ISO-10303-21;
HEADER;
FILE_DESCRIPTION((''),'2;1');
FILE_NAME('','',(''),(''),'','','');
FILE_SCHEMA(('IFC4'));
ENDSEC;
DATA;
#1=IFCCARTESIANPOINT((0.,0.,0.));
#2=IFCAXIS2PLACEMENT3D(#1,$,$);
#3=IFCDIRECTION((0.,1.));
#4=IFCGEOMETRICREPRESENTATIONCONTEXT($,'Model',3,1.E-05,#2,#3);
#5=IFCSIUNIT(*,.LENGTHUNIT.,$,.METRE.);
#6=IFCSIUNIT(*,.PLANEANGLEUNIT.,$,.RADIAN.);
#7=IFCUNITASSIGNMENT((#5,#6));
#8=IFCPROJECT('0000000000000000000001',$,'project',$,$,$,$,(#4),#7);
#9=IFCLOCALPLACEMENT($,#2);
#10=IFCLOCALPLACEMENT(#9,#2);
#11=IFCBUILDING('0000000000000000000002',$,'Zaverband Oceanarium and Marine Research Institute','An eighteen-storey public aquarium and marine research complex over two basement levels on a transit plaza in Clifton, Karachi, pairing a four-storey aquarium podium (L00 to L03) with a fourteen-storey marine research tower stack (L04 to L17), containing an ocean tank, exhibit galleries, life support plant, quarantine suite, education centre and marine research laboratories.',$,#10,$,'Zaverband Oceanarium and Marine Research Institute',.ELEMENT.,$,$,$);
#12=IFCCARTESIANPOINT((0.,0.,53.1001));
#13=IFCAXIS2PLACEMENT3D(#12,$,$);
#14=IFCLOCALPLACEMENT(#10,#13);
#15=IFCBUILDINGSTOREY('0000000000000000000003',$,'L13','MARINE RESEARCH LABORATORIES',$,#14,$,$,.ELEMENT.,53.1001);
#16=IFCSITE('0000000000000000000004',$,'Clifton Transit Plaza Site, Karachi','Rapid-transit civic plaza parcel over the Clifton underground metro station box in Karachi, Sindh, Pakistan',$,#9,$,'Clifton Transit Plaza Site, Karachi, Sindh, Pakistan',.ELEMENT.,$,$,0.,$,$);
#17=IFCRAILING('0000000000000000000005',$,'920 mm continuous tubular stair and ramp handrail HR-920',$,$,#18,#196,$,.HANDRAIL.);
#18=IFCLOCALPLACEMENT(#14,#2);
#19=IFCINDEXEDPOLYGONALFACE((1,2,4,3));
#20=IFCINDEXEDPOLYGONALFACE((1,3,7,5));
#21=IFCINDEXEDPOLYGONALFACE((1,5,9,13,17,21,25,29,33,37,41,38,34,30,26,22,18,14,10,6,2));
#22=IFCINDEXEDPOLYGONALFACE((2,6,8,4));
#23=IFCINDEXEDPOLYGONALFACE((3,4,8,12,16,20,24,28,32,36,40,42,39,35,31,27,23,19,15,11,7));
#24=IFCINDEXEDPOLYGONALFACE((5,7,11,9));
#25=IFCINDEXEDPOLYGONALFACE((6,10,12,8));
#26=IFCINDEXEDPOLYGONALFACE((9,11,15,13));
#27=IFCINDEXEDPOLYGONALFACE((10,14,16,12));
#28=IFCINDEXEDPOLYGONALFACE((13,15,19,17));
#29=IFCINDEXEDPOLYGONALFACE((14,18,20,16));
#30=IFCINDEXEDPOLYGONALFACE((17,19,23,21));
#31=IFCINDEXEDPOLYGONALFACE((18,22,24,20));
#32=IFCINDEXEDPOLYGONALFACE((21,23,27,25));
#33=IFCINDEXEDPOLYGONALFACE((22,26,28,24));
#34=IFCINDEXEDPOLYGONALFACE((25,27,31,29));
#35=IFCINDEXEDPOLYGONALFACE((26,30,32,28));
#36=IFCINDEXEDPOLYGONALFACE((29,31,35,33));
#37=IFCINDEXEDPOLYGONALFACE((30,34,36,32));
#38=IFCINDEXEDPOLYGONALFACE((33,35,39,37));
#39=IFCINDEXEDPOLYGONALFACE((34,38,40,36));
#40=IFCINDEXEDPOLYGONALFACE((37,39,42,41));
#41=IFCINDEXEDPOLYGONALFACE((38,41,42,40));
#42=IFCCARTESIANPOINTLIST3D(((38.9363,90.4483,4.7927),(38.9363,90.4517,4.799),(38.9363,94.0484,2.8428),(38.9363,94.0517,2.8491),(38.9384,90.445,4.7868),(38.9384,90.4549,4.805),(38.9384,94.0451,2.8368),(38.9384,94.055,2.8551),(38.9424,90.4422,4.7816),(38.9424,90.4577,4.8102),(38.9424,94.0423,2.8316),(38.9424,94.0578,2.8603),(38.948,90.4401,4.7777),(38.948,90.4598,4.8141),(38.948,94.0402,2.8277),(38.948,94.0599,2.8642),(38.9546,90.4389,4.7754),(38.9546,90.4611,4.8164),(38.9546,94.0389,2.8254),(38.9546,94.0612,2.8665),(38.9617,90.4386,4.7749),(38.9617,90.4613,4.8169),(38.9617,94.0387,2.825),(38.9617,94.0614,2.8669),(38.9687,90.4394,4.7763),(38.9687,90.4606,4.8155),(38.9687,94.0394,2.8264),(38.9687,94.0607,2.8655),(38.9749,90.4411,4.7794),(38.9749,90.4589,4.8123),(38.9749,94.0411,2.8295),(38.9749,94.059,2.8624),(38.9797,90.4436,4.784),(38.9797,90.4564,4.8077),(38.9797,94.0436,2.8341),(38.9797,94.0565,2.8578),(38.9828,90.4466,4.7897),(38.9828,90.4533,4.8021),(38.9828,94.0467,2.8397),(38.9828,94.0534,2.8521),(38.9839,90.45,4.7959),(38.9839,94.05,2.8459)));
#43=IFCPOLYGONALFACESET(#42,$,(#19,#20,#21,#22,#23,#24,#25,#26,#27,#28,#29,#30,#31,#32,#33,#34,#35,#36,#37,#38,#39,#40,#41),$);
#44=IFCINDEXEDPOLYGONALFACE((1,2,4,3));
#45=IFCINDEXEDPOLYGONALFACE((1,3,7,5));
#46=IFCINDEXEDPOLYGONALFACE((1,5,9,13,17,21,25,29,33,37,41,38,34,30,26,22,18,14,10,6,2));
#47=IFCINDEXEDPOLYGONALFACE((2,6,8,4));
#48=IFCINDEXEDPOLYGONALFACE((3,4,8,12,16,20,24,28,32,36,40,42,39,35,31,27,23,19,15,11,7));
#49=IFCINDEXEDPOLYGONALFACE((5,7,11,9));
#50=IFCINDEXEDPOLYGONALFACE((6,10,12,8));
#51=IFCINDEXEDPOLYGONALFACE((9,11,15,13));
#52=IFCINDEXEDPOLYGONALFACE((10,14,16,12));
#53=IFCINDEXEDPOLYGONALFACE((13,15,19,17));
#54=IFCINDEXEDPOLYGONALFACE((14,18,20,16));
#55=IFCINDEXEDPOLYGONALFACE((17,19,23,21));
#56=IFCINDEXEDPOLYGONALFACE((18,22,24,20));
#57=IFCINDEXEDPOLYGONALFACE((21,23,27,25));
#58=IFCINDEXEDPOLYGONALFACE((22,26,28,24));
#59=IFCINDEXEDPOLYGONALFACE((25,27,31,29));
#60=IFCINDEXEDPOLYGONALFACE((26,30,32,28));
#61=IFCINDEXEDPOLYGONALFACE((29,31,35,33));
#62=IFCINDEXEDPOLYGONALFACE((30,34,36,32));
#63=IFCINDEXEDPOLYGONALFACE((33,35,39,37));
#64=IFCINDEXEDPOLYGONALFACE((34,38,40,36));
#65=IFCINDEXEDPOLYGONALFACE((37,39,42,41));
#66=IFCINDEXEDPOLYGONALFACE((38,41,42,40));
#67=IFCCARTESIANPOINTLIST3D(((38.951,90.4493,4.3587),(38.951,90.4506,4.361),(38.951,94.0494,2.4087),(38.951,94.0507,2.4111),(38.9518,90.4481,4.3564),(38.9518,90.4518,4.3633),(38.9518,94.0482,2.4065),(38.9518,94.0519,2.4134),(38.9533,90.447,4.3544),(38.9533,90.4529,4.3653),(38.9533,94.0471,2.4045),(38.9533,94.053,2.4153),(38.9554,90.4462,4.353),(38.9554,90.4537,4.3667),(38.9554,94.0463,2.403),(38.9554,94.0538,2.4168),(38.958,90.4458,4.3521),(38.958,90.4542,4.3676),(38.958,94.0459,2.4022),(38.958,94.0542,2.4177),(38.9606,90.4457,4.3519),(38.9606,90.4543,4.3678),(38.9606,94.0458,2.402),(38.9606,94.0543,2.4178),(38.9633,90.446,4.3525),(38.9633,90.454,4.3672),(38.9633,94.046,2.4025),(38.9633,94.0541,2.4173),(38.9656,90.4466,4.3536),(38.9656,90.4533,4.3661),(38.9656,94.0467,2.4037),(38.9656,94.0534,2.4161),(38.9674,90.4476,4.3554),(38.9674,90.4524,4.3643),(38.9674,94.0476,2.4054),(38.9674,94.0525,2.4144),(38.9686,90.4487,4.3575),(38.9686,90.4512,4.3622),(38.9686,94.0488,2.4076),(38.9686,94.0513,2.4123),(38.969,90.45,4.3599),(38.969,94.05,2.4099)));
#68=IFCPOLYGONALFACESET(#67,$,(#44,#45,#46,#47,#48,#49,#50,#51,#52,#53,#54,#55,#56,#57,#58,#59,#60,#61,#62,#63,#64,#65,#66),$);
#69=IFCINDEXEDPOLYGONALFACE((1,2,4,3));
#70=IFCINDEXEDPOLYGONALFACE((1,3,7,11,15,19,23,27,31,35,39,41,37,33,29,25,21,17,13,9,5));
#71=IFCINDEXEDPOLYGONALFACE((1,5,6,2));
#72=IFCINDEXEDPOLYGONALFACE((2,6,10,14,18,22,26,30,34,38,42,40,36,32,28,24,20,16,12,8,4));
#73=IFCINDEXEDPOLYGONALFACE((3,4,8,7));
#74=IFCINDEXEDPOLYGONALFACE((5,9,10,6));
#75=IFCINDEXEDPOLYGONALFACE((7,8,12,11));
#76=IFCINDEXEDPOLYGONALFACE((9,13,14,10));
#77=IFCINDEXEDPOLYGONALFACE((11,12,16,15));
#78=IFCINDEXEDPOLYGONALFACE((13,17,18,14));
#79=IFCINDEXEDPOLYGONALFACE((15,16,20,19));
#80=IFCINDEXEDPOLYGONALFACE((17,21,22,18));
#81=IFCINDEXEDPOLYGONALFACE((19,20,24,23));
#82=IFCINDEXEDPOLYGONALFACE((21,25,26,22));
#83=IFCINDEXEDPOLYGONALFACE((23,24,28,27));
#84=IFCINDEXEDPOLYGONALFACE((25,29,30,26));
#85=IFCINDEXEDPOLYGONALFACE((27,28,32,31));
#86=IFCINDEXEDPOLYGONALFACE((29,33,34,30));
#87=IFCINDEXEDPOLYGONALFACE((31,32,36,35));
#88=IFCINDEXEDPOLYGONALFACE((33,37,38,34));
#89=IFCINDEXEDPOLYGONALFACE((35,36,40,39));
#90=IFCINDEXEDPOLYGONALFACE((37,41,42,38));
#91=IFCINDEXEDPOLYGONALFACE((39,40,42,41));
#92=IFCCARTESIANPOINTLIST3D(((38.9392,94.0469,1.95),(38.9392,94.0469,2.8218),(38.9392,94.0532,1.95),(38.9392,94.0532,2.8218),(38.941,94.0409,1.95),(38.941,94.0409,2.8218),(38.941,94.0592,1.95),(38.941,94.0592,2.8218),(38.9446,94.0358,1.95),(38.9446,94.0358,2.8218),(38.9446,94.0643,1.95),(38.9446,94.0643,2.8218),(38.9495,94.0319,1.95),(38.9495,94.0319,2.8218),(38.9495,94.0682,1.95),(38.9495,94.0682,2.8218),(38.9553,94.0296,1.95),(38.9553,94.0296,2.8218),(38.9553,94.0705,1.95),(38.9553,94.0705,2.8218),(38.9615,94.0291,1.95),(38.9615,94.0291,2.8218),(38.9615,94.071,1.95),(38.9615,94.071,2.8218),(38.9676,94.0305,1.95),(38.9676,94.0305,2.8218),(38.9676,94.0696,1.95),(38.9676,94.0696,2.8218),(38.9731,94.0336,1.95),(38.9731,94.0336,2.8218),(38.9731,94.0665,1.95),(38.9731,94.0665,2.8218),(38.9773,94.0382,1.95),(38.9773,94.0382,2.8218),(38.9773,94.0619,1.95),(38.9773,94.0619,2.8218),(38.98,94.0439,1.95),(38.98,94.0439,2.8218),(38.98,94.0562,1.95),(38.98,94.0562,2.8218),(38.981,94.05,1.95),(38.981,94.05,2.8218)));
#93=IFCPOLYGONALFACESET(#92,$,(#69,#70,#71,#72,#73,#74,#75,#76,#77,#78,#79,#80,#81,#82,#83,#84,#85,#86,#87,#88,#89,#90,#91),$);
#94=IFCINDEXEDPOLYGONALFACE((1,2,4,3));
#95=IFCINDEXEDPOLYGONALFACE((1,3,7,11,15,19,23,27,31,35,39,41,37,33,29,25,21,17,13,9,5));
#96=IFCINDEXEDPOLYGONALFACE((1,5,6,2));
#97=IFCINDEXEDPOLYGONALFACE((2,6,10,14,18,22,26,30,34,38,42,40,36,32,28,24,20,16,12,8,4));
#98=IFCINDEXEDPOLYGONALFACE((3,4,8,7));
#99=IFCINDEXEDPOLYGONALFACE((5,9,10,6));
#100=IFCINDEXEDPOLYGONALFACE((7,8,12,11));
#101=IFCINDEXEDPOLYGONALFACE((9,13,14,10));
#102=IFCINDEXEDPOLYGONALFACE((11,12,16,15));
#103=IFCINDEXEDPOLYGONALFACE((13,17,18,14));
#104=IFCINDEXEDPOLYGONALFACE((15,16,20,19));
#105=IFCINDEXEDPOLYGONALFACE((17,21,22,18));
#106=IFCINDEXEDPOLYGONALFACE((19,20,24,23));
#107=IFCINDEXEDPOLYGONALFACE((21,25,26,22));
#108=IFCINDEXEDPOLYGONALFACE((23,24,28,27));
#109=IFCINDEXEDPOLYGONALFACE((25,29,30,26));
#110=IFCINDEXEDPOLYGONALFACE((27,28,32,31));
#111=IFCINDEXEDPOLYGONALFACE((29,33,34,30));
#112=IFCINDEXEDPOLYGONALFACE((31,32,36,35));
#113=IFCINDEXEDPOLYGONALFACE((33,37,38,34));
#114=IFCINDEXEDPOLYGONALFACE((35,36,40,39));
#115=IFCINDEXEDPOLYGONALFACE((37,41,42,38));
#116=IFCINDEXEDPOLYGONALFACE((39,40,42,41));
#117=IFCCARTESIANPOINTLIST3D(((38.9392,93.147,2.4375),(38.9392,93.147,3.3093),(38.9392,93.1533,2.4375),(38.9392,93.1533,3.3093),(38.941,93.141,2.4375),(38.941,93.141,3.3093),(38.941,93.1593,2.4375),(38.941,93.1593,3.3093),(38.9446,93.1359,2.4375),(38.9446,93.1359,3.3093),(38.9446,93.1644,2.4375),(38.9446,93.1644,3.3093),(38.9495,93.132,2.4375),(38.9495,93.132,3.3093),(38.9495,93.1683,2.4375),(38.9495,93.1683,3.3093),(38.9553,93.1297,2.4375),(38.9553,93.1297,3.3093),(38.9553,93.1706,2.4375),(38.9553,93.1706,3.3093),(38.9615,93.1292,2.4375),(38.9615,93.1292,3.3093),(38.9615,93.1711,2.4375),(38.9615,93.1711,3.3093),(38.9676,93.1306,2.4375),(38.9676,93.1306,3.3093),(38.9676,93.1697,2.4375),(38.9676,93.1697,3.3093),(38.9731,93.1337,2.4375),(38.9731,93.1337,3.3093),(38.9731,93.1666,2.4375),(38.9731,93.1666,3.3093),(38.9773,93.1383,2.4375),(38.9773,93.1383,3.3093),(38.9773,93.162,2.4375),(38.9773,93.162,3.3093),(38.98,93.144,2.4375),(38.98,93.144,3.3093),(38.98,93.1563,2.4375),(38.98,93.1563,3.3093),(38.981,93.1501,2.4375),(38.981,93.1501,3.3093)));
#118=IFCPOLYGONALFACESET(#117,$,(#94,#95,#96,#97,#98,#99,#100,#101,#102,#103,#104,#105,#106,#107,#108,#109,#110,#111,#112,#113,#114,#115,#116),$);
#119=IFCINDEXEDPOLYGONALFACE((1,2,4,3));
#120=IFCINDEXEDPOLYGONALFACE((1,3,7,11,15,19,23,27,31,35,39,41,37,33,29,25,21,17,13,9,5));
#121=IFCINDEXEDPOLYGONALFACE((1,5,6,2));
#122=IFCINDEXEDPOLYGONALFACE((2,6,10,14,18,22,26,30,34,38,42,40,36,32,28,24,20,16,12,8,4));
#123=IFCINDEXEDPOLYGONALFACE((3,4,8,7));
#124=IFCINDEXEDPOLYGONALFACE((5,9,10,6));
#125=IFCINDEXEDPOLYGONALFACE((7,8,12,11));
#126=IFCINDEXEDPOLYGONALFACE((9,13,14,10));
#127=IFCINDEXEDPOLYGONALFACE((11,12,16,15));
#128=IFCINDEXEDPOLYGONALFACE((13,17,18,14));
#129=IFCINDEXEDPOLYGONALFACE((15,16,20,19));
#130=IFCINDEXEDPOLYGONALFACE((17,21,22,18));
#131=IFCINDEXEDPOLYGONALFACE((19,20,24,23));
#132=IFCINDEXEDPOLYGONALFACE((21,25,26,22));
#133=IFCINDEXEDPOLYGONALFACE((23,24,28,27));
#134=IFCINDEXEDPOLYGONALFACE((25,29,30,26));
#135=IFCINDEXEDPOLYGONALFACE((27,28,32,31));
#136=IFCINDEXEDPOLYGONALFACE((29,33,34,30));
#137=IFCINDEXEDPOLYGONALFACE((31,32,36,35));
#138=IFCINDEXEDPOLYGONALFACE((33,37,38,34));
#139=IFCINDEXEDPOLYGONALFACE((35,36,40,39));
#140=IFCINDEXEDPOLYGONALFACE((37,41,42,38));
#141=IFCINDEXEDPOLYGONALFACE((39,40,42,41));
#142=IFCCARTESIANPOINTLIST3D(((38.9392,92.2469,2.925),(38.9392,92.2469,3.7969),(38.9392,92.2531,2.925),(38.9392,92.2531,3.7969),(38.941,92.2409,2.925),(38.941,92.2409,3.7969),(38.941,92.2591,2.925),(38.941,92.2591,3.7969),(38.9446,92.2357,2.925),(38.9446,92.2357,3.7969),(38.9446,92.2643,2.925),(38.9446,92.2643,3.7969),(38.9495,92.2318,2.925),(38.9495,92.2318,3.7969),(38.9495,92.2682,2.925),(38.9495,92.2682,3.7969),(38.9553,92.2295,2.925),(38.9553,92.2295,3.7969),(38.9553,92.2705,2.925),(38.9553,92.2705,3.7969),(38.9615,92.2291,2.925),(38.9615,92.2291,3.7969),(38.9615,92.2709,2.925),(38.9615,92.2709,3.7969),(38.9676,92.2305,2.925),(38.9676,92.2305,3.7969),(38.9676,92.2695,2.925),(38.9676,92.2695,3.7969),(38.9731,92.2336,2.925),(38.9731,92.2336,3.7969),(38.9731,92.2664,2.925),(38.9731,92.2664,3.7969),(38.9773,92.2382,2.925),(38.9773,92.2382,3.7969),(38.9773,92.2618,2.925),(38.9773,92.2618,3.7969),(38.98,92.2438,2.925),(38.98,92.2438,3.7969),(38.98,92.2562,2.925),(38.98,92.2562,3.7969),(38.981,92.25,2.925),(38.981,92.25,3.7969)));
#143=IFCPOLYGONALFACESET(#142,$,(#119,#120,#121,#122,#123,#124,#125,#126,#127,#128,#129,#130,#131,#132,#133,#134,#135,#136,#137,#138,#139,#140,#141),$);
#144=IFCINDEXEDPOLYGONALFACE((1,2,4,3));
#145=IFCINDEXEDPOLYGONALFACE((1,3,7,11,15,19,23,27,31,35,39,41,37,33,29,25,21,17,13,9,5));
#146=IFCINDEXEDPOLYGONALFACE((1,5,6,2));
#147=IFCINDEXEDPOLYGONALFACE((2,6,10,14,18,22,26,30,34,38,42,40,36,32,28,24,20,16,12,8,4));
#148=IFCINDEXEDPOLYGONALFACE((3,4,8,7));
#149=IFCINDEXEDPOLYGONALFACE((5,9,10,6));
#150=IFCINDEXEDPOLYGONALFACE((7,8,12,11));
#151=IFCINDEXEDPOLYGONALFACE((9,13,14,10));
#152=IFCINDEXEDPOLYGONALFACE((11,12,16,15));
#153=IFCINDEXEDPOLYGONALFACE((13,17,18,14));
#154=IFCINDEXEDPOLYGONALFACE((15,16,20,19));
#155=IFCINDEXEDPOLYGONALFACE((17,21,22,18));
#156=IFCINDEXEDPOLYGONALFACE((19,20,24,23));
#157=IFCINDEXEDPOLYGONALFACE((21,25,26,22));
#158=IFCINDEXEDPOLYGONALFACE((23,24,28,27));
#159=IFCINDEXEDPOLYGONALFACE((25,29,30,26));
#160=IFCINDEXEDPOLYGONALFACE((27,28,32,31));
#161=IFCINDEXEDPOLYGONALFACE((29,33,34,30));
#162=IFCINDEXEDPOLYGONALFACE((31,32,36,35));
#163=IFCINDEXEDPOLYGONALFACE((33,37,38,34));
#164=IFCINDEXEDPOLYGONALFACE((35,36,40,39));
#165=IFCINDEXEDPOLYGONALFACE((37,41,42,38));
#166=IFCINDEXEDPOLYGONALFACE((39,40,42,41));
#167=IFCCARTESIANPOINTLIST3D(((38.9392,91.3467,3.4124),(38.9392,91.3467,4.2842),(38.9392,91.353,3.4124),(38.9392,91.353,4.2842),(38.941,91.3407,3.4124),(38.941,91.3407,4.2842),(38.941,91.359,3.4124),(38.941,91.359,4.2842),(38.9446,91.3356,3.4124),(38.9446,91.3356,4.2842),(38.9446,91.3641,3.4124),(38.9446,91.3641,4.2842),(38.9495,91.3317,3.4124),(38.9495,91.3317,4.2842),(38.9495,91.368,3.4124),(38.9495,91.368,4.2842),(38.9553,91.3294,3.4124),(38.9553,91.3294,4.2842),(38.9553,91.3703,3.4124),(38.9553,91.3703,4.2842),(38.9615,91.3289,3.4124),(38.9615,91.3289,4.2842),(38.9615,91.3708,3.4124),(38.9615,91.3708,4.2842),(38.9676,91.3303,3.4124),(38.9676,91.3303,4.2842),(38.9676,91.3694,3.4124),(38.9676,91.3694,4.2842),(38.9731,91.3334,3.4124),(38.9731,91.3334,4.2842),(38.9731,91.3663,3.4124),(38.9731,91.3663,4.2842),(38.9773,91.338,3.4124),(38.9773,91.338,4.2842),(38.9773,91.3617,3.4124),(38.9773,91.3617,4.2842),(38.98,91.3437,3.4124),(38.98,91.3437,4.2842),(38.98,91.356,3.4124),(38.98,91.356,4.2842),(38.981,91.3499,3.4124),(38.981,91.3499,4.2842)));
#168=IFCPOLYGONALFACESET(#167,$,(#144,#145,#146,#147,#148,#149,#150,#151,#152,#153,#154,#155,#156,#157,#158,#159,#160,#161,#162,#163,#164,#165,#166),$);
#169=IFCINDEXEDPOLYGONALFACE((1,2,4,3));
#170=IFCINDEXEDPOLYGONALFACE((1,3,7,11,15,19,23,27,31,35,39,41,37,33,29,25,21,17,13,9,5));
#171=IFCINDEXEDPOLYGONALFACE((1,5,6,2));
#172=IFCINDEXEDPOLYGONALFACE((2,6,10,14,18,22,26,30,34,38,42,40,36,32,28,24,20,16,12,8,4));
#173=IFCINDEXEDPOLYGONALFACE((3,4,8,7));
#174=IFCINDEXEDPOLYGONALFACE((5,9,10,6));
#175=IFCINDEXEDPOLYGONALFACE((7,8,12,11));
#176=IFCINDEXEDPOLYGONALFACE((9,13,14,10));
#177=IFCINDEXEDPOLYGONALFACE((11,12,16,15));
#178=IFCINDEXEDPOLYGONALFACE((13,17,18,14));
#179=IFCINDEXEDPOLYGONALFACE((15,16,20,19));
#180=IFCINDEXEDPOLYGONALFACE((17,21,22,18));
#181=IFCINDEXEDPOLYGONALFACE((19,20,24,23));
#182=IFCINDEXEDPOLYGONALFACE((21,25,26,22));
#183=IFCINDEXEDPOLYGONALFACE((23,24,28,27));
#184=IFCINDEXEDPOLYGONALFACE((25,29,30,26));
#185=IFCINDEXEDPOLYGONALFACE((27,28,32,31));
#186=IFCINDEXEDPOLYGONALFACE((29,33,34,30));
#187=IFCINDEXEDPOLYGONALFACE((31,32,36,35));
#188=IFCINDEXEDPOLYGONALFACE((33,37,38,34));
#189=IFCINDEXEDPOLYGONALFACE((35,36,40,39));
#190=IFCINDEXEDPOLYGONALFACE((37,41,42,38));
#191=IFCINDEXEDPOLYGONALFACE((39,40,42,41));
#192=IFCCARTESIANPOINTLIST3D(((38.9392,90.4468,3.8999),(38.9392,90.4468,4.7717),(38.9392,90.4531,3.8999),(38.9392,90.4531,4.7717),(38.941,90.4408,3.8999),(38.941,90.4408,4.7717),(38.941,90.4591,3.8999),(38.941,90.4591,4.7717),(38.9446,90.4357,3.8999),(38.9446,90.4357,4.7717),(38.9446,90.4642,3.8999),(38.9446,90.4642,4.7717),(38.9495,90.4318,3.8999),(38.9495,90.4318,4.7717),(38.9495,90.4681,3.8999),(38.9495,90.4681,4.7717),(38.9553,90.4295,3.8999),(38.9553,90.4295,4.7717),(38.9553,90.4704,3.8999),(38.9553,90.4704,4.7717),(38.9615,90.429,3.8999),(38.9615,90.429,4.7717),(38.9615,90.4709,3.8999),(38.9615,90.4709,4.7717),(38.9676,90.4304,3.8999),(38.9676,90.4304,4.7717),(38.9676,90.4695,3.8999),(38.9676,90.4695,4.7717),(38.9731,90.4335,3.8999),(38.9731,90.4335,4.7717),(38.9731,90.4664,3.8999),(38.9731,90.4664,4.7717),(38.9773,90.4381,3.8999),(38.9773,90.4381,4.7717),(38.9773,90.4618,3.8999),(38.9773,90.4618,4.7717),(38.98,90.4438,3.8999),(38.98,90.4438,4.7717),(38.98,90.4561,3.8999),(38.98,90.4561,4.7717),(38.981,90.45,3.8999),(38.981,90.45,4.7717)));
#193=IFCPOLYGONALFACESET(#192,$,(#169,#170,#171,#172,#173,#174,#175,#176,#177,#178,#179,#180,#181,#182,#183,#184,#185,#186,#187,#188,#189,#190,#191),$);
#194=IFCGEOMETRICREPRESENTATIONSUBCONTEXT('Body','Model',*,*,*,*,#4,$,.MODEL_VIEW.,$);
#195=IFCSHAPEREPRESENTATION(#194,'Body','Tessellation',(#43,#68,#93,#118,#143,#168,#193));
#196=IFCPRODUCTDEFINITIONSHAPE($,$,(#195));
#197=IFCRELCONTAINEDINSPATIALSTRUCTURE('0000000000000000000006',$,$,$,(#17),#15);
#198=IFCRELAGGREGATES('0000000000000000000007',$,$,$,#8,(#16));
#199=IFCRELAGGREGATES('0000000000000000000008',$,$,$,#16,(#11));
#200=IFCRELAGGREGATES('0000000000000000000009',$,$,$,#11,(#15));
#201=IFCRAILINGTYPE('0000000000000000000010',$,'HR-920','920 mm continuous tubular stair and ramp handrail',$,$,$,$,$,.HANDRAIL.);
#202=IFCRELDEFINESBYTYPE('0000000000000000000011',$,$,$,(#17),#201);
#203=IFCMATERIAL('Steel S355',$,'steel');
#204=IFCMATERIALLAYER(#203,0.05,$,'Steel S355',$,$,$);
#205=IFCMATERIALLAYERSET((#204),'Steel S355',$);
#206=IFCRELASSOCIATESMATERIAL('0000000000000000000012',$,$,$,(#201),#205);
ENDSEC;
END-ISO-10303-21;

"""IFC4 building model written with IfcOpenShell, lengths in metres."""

from ifc_helpers import new_model, si_unit, direction, frame, origin, origin_2d, place, context, subcontext, project, spatial, circle, extrude, material, layer, layer_set, type_object, element, save


model = new_model("IFC4")

# Units and contexts
model_context = context("Model", 3, precision=1e-05, world=origin(), true_north=direction((0.0, 1.0)))
body_context = subcontext(model_context, "Body", "Model", "MODEL_VIEW")
ifc_project = project(units=[si_unit("LENGTHUNIT", "METRE"), si_unit("PLANEANGLEUNIT", "RADIAN")], contexts=[model_context])

# Site, building, storey
site_placement = place(None, origin())
site = spatial("IfcSite", under=ifc_project, at=site_placement, Name="Clifton Transit Plaza Site, Karachi", Description="Rapid-transit civic plaza parcel over the Clifton underground metro station box in Karachi, Sindh, Pakistan", LongName="Clifton Transit Plaza Site, Karachi, Sindh, Pakistan", CompositionType="ELEMENT", RefElevation=0.0)
building_placement = place(site_placement, origin())
building = spatial("IfcBuilding", under=site, at=building_placement, Name="Zaverband Oceanarium and Marine Research Institute", Description="An eighteen-storey public aquarium and marine research complex over two basement levels on a transit plaza in Clifton, Karachi, pairing a four-storey aquarium podium (L00 to L03) with a fourteen-storey marine research tower stack (L04 to L17), containing an ocean tank, exhibit galleries, life support plant, quarantine suite, education centre and marine research laboratories.", LongName="Zaverband Oceanarium and Marine Research Institute", CompositionType="ELEMENT")
storey_placement = place(building_placement, frame((0.0, 0.0, 53.1001)))
storey = spatial("IfcBuildingStorey", under=building, at=storey_placement, Name="L13", Description="MARINE RESEARCH LABORATORIES", CompositionType="ELEMENT", Elevation=53.1001)

# Shared definitions
ifc_material_1 = material(Name="Steel S355", Category="steel")

# Railing
ifc_layer_1 = layer(ifc_material_1, 0.05, Name="Steel S355")
ifc_layer_set_1 = layer_set([ifc_layer_1], Name="Steel S355")
railing_type_1 = type_object("IfcRailingType", Name="HR-920", Description="920 mm continuous tubular stair and ramp handrail", PredefinedType="HANDRAIL", material=ifc_layer_set_1)
railing_1_placement = place(storey_placement, frame((38.96, 94.05, 1.95)))
element("IfcRailing", 1, at=railing_1_placement, inside=storey, type_object=railing_type_1, Name="920 mm continuous tubular stair and ramp handrail HR-920", PredefinedType="HANDRAIL", context=body_context, shape_type="SweptSolid", body=[
    extrude(circle(Radius=0.0239, at=origin_2d()), frame((0.0, 0.0, 0.896), z_axis=(0.0, -0.879302, 0.476264), x_axis=(1.0, 0.0, 0.0)), (0.0, 0.0, 1.0), 4.0942),
    extrude(circle(Radius=0.009, at=origin_2d()), frame((0.0, 0.0, 0.46), z_axis=(0.0, -0.879302, 0.476264), x_axis=(1.0, 0.0, 0.0)), (0.0, 0.0, 1.0), 4.0942),
    extrude(circle(Radius=0.021, at=origin_2d()), origin(), (0.0, 0.0, 1.0), 0.8718),
    extrude(circle(Radius=0.021, at=origin_2d()), frame((0.0, -0.8999, 0.4875)), (0.0, 0.0, 1.0), 0.8718),
    extrude(circle(Radius=0.021, at=origin_2d()), frame((0.0, -1.8, 0.9751)), (0.0, 0.0, 1.0), 0.8718),
    extrude(circle(Radius=0.021, at=origin_2d()), frame((0.0, -2.7002, 1.4624)), (0.0, 0.0, 1.0), 0.8718),
    extrude(circle(Radius=0.021, at=origin_2d()), frame((0.0, -3.6001, 1.95)), (0.0, 0.0, 1.0), 0.8718),
])

save(model, "model.ifc")
